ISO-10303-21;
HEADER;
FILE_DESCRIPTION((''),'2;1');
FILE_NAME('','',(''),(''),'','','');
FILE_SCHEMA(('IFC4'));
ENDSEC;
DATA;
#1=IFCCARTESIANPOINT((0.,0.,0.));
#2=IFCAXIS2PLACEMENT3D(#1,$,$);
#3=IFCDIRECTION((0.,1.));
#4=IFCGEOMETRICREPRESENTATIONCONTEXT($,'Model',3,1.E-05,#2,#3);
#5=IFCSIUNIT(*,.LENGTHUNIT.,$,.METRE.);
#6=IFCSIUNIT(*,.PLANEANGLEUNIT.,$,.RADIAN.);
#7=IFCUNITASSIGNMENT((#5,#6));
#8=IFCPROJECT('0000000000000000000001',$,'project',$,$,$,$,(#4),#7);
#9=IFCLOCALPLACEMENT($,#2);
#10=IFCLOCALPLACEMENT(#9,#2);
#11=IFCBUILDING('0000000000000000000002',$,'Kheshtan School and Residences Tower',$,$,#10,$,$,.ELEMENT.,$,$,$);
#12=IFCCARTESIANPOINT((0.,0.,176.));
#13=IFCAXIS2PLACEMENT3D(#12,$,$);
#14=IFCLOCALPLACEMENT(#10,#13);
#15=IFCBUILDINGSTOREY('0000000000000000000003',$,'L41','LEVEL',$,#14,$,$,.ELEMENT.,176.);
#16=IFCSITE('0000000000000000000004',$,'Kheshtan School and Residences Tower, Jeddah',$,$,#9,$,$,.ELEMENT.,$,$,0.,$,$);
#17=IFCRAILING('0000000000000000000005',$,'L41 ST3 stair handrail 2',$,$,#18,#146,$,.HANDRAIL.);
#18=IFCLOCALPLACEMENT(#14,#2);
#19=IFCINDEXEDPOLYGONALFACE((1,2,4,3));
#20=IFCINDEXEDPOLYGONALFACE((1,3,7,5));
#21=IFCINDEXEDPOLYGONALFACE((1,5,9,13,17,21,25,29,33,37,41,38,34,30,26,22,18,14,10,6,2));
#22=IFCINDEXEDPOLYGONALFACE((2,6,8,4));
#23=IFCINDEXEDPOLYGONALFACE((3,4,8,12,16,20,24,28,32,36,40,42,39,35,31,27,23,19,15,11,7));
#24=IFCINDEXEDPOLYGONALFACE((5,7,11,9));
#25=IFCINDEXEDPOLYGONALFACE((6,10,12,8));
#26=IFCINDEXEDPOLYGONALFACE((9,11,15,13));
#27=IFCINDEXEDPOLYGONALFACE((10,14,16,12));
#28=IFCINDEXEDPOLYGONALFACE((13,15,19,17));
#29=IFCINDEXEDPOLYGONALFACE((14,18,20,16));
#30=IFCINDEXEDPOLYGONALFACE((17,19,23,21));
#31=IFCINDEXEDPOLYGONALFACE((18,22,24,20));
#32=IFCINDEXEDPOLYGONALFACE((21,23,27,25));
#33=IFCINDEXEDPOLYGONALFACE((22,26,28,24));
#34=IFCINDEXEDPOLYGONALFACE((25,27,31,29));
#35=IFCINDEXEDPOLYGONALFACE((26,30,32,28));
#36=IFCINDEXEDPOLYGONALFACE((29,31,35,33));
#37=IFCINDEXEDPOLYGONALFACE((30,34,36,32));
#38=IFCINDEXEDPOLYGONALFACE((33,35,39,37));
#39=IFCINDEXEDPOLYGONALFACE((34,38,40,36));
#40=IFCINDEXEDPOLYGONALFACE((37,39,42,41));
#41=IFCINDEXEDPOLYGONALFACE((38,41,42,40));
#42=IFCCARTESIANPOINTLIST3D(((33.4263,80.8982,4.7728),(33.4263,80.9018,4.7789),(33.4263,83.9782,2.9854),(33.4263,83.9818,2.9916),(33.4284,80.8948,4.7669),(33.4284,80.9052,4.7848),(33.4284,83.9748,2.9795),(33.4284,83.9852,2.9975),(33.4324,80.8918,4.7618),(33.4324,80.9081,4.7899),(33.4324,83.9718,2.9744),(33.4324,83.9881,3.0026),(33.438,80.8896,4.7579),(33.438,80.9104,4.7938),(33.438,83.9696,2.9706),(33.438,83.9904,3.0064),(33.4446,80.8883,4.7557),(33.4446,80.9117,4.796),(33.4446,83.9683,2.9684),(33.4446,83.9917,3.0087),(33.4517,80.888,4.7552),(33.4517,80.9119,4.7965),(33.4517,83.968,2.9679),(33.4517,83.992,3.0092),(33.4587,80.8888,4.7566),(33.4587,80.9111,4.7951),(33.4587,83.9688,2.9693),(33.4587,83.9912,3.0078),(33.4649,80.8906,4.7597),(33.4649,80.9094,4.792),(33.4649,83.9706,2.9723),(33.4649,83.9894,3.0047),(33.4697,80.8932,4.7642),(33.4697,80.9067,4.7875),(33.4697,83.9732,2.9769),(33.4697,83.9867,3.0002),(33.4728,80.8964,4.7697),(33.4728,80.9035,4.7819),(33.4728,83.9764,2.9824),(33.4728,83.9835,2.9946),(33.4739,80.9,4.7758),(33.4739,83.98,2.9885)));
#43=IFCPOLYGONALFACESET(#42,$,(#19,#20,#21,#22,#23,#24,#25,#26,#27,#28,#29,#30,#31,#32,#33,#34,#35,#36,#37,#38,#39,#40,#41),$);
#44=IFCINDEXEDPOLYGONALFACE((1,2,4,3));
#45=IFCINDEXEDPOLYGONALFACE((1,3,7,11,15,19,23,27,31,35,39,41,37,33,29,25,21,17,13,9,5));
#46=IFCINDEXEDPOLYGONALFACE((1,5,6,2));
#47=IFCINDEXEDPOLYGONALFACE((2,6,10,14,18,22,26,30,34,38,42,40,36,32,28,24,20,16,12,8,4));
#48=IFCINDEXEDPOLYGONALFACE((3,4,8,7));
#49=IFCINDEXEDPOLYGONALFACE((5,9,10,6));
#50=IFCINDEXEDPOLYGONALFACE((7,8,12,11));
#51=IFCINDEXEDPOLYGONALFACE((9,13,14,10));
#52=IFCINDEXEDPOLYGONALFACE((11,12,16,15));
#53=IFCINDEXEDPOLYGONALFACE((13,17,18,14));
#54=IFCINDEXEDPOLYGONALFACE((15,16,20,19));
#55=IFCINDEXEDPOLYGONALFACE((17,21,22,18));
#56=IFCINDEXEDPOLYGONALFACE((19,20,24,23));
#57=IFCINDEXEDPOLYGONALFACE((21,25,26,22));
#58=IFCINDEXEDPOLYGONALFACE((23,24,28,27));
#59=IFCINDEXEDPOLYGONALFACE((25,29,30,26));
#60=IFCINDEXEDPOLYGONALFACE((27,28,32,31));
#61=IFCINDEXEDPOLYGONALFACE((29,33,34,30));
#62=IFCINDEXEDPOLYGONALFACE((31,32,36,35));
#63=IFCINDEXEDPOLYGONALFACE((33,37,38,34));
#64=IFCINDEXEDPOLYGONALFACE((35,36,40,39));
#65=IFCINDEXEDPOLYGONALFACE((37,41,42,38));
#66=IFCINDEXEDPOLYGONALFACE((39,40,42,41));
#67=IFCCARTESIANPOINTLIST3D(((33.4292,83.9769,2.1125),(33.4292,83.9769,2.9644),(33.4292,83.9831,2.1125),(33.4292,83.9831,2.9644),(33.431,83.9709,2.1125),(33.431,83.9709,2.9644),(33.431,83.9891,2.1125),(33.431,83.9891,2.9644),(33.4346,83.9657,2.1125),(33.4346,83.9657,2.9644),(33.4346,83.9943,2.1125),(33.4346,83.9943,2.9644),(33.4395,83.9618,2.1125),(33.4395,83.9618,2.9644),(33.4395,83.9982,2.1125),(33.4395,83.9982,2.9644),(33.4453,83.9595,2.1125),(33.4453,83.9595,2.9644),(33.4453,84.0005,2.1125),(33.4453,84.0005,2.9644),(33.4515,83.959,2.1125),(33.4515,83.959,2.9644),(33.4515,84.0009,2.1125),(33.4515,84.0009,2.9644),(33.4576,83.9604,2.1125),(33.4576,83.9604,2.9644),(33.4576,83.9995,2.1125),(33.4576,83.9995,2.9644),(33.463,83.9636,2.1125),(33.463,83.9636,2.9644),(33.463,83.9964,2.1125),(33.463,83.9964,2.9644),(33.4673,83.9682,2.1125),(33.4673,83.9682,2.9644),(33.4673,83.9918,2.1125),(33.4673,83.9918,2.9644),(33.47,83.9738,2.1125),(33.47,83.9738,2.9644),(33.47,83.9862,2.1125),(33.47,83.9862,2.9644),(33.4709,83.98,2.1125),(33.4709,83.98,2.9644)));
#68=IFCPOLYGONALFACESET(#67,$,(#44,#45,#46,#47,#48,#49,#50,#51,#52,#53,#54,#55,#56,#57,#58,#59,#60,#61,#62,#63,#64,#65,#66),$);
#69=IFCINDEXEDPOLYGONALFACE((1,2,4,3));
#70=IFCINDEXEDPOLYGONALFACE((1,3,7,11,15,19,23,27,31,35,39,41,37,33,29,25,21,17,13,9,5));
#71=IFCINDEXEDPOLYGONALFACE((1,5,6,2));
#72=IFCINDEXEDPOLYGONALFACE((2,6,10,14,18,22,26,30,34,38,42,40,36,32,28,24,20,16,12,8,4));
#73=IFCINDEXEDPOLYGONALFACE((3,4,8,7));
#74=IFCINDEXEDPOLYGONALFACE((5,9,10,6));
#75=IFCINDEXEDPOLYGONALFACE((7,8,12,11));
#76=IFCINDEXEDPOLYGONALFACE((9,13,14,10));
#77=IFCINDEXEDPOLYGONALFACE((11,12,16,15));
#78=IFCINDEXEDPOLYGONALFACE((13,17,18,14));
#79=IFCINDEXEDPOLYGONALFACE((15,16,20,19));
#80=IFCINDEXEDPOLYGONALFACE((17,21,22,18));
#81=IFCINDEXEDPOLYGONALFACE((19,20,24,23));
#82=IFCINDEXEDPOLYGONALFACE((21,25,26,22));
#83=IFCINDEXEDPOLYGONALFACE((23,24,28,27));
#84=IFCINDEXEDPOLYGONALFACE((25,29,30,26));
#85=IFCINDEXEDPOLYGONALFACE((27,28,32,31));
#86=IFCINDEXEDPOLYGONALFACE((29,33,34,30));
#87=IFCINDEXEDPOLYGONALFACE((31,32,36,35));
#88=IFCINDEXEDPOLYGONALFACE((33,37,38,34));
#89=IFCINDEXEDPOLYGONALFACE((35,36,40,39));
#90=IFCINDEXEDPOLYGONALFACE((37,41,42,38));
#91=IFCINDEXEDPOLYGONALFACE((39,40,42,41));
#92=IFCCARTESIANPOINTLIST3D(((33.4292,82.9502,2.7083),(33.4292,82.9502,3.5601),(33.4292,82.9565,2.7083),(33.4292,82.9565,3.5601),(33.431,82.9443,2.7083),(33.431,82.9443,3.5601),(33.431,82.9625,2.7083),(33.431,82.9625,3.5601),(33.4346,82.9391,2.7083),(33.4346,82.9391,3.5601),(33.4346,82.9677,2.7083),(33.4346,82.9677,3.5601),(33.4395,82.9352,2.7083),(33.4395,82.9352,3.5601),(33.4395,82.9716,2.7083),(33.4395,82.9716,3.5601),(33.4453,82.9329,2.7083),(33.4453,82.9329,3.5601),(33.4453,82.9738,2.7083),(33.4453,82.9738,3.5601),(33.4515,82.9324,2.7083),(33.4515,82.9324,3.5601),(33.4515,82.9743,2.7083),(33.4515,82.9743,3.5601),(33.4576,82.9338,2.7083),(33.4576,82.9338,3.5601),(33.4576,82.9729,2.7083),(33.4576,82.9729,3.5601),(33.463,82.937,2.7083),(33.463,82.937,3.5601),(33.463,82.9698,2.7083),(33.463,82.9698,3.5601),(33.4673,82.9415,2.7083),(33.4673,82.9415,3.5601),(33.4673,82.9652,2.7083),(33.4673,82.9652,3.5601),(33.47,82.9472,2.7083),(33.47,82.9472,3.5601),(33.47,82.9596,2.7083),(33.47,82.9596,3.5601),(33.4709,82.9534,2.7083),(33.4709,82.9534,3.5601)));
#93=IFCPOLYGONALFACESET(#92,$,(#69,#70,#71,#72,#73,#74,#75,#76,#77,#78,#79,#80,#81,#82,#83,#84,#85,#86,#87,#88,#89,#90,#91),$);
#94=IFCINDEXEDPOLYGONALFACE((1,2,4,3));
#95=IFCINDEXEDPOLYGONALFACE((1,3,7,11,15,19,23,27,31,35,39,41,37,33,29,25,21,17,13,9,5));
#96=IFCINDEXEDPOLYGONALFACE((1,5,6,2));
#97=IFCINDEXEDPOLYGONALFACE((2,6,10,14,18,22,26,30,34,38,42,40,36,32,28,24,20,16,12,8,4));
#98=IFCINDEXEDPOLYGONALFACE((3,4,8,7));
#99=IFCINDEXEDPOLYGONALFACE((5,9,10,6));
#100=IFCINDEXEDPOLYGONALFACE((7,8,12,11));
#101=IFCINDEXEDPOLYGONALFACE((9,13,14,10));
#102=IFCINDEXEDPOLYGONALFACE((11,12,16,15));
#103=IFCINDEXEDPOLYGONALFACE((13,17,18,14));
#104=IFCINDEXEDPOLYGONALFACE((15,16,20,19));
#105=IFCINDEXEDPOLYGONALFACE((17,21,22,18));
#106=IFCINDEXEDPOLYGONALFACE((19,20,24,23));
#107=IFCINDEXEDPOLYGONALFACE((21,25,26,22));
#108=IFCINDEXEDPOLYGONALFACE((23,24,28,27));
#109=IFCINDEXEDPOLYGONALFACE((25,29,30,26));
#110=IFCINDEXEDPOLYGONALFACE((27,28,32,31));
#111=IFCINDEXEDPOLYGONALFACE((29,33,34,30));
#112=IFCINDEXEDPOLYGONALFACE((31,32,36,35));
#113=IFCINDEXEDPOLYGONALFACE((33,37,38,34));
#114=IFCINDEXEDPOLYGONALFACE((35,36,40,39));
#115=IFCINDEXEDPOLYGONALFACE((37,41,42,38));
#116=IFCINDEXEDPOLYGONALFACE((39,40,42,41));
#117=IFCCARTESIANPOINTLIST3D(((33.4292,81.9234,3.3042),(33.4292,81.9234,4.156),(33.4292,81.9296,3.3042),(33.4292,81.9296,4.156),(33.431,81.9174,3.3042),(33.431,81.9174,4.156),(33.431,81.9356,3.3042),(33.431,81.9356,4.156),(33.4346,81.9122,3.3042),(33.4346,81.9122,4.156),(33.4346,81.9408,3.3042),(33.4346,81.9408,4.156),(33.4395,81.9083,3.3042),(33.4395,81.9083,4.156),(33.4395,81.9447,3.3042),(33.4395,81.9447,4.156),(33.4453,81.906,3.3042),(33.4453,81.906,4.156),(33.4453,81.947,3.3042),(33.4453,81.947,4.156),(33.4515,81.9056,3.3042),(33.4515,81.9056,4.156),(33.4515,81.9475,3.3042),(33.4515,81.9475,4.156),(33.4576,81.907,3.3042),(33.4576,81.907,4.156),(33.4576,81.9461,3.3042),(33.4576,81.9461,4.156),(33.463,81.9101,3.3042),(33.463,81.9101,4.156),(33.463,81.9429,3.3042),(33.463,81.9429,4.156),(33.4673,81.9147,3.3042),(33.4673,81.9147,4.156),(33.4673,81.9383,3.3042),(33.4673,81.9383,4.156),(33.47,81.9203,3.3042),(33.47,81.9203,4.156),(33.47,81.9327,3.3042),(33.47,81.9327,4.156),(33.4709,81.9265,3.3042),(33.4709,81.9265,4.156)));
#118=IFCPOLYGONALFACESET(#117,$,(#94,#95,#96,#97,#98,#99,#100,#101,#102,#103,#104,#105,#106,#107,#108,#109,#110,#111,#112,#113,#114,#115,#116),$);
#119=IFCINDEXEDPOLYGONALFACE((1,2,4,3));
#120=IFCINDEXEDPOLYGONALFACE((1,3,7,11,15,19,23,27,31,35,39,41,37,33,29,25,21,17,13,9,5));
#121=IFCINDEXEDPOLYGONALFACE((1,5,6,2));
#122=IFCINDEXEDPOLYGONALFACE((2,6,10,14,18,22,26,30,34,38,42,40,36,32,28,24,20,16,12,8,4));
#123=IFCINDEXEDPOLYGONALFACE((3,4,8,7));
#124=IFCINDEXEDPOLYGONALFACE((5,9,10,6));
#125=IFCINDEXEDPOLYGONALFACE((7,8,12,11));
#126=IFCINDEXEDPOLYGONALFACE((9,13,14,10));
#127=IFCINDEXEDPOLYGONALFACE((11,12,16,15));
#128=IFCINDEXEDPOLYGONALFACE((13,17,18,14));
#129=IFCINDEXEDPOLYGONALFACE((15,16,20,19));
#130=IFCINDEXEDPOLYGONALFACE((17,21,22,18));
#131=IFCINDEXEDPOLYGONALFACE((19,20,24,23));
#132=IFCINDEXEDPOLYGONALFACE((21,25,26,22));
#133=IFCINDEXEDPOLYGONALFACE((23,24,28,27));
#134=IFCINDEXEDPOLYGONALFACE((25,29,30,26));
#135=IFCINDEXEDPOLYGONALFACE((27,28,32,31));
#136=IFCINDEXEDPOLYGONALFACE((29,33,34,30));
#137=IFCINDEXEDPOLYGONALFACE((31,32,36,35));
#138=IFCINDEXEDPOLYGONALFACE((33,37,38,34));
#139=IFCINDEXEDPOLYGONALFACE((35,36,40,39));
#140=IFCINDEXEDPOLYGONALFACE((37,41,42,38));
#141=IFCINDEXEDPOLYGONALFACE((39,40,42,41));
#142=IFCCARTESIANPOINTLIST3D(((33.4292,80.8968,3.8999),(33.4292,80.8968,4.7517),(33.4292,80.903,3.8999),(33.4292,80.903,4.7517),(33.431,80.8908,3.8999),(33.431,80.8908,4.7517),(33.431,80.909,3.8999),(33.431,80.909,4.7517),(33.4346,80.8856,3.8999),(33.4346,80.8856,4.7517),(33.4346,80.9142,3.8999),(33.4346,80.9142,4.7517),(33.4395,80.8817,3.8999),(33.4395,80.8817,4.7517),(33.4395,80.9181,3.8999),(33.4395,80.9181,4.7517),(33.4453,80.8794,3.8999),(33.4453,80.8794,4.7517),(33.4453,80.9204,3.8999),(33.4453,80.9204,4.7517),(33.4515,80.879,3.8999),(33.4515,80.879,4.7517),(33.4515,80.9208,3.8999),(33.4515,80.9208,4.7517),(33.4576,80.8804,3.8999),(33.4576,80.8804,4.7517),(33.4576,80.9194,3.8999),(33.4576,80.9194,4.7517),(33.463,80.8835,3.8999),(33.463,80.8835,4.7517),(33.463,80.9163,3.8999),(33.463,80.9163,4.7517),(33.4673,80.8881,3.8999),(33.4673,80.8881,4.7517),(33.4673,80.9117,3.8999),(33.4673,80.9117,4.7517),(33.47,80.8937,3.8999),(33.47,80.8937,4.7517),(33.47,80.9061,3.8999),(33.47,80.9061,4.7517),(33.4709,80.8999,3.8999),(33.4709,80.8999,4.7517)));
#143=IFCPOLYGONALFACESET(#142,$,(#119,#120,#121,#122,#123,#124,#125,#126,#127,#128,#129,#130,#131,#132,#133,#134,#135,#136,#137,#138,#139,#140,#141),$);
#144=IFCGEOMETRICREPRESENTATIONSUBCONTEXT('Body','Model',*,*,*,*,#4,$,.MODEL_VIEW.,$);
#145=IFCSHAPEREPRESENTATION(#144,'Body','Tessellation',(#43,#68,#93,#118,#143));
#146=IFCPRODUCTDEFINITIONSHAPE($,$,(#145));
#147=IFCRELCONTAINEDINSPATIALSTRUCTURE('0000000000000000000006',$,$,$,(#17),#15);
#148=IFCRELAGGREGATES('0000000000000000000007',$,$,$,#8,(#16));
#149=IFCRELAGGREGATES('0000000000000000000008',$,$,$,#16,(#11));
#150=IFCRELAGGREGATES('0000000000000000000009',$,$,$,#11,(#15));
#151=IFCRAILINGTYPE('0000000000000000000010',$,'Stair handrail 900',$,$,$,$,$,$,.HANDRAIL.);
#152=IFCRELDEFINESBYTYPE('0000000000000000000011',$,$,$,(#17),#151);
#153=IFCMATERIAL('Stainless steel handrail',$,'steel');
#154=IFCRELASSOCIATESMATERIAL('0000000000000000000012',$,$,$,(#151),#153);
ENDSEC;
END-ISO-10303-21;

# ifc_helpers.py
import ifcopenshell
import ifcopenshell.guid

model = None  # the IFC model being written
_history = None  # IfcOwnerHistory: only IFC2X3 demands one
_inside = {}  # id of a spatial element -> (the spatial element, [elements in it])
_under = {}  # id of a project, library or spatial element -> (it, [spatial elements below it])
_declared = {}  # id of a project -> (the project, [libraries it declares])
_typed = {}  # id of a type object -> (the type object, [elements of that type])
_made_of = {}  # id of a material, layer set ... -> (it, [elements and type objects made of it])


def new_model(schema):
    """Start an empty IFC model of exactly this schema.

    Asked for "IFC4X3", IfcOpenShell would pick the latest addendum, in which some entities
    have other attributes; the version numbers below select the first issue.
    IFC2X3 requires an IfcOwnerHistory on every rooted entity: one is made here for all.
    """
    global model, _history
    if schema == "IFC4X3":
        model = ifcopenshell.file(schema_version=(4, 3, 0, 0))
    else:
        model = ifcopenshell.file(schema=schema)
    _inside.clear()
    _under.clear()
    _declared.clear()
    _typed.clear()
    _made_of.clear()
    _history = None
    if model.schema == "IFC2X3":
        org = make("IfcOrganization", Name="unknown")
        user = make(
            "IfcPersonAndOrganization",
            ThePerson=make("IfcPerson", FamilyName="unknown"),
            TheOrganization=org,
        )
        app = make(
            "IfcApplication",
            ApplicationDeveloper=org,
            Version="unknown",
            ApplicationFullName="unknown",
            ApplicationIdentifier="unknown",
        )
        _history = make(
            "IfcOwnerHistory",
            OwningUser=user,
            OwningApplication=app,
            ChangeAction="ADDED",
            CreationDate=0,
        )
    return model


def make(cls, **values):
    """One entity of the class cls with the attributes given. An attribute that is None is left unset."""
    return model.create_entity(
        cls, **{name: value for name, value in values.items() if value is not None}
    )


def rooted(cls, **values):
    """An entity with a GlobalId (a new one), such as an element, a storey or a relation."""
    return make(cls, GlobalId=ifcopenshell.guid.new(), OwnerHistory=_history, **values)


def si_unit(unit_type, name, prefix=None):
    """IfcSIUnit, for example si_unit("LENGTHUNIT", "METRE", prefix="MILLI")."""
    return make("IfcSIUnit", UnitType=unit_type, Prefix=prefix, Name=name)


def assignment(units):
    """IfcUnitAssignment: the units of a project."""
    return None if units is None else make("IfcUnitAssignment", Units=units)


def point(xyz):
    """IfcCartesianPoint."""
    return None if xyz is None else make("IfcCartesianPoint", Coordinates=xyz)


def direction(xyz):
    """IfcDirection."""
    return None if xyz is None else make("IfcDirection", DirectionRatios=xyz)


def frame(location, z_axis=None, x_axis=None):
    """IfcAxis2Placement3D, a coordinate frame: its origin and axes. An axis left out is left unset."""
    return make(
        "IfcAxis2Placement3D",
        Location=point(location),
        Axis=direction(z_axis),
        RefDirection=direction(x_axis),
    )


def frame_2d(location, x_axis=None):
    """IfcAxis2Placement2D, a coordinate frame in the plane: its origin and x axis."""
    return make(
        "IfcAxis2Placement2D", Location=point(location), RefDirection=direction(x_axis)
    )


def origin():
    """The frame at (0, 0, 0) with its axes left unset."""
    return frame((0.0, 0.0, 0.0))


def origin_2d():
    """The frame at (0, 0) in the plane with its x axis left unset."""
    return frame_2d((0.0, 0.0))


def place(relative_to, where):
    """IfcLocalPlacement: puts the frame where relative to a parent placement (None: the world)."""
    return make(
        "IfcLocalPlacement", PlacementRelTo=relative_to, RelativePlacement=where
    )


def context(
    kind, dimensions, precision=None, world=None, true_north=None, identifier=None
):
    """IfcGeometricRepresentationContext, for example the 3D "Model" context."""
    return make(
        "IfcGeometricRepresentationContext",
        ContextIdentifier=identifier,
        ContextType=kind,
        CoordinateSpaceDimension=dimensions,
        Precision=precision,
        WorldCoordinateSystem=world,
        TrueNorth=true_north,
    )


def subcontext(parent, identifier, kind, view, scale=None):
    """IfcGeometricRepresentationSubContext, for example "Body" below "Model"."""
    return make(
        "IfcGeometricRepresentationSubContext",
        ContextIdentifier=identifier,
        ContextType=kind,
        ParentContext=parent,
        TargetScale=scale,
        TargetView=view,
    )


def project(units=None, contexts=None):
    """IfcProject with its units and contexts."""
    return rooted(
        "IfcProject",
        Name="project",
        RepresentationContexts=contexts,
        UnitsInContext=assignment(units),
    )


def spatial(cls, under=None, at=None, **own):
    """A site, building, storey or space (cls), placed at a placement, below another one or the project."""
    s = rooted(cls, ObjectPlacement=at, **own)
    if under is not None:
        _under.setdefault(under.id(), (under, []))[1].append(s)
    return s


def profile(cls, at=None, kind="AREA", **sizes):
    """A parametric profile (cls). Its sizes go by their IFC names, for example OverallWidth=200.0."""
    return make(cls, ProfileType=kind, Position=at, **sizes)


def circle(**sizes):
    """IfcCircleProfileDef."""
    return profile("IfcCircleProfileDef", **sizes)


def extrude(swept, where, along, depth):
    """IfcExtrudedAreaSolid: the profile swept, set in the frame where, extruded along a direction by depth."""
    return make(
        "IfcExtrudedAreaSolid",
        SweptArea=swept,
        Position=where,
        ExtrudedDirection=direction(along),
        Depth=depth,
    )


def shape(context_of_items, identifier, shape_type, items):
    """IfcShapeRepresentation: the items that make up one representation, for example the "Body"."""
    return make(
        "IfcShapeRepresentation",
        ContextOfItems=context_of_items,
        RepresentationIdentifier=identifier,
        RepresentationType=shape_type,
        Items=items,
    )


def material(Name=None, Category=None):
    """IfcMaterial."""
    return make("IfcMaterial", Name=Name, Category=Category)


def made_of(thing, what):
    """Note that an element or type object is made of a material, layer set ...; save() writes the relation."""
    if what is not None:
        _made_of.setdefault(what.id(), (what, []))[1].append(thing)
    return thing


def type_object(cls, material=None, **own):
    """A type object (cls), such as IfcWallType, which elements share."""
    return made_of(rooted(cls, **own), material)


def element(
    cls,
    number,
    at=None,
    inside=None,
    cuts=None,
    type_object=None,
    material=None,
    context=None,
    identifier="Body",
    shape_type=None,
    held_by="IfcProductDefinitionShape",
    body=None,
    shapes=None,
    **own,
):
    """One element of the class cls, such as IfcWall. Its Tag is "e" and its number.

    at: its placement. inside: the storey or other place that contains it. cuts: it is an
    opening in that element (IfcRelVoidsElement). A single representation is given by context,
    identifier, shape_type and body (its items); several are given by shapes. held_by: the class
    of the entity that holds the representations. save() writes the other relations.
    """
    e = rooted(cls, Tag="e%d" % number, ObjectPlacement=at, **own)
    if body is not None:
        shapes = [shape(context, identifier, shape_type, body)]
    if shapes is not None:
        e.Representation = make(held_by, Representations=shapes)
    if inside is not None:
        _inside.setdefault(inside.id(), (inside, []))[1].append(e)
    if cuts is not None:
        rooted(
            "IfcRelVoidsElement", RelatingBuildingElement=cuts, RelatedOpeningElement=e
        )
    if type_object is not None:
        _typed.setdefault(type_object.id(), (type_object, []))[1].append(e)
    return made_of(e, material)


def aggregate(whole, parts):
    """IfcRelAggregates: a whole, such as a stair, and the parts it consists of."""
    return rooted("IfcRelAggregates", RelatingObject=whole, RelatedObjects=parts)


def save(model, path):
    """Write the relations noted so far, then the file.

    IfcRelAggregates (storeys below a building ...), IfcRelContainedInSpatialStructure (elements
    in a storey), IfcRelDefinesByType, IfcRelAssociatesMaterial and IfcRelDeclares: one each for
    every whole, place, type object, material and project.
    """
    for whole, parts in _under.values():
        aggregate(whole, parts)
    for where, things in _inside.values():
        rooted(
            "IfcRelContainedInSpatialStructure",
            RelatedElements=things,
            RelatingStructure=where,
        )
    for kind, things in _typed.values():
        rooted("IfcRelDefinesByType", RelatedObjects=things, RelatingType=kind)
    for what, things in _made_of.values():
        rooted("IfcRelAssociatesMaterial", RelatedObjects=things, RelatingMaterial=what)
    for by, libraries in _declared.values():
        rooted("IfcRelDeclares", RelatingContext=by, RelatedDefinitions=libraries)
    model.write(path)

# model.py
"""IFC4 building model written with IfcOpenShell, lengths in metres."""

from ifc_helpers import new_model, si_unit, direction, frame, origin, origin_2d, place, context, subcontext, project, spatial, circle, extrude, material, type_object, element, save


model = new_model("IFC4")

# Units and contexts
model_context = context("Model", 3, precision=1e-05, world=origin(), true_north=direction((0.0, 1.0)))
body_context = subcontext(model_context, "Body", "Model", "MODEL_VIEW")
ifc_project = project(units=[si_unit("LENGTHUNIT", "METRE"), si_unit("PLANEANGLEUNIT", "RADIAN")], contexts=[model_context])

# Site, building, storey
site_placement = place(None, origin())
site = spatial("IfcSite", under=ifc_project, at=site_placement, Name="Kheshtan School and Residences Tower, Jeddah", CompositionType="ELEMENT", RefElevation=0.0)
building_placement = place(site_placement, origin())
building = spatial("IfcBuilding", under=site, at=building_placement, Name="Kheshtan School and Residences Tower", CompositionType="ELEMENT")
storey_placement = place(building_placement, frame((0.0, 0.0, 176.0)))
storey = spatial("IfcBuildingStorey", under=building, at=storey_placement, Name="L41", Description="LEVEL", CompositionType="ELEMENT", Elevation=176.0)

# Railing
ifc_material_1 = material(Name="Stainless steel handrail", Category="steel")
railing_type_1 = type_object("IfcRailingType", Name="Stair handrail 900", PredefinedType="HANDRAIL", material=ifc_material_1)
railing_1_placement = place(storey_placement, frame((33.45, 83.98, 2.1125)))
element("IfcRailing", 1, at=railing_1_placement, inside=storey, type_object=railing_type_1, Name="L41 ST3 stair handrail 2", PredefinedType="HANDRAIL", context=body_context, shape_type="SweptSolid", body=[
    extrude(circle(Radius=0.0239, at=origin_2d()), frame((0.0, 0.0, 0.876), z_axis=(0.0, -0.86492, 0.501909), x_axis=(1.0, 0.0, 0.0)), (0.0, 0.0, 1.0), 3.561),
    extrude(circle(Radius=0.021, at=origin_2d()), origin(), (0.0, 0.0, 1.0), 0.8518),
    extrude(circle(Radius=0.021, at=origin_2d()), frame((0.0, -1.0266, 0.5957)), (0.0, 0.0, 1.0), 0.8518),
    extrude(circle(Radius=0.021, at=origin_2d()), frame((0.0, -2.0535, 1.1917)), (0.0, 0.0, 1.0), 0.8518),
    extrude(circle(Radius=0.021, at=origin_2d()), frame((0.0, -3.0801, 1.7874)), (0.0, 0.0, 1.0), 0.8518),
])

save(model, "model.ifc")
